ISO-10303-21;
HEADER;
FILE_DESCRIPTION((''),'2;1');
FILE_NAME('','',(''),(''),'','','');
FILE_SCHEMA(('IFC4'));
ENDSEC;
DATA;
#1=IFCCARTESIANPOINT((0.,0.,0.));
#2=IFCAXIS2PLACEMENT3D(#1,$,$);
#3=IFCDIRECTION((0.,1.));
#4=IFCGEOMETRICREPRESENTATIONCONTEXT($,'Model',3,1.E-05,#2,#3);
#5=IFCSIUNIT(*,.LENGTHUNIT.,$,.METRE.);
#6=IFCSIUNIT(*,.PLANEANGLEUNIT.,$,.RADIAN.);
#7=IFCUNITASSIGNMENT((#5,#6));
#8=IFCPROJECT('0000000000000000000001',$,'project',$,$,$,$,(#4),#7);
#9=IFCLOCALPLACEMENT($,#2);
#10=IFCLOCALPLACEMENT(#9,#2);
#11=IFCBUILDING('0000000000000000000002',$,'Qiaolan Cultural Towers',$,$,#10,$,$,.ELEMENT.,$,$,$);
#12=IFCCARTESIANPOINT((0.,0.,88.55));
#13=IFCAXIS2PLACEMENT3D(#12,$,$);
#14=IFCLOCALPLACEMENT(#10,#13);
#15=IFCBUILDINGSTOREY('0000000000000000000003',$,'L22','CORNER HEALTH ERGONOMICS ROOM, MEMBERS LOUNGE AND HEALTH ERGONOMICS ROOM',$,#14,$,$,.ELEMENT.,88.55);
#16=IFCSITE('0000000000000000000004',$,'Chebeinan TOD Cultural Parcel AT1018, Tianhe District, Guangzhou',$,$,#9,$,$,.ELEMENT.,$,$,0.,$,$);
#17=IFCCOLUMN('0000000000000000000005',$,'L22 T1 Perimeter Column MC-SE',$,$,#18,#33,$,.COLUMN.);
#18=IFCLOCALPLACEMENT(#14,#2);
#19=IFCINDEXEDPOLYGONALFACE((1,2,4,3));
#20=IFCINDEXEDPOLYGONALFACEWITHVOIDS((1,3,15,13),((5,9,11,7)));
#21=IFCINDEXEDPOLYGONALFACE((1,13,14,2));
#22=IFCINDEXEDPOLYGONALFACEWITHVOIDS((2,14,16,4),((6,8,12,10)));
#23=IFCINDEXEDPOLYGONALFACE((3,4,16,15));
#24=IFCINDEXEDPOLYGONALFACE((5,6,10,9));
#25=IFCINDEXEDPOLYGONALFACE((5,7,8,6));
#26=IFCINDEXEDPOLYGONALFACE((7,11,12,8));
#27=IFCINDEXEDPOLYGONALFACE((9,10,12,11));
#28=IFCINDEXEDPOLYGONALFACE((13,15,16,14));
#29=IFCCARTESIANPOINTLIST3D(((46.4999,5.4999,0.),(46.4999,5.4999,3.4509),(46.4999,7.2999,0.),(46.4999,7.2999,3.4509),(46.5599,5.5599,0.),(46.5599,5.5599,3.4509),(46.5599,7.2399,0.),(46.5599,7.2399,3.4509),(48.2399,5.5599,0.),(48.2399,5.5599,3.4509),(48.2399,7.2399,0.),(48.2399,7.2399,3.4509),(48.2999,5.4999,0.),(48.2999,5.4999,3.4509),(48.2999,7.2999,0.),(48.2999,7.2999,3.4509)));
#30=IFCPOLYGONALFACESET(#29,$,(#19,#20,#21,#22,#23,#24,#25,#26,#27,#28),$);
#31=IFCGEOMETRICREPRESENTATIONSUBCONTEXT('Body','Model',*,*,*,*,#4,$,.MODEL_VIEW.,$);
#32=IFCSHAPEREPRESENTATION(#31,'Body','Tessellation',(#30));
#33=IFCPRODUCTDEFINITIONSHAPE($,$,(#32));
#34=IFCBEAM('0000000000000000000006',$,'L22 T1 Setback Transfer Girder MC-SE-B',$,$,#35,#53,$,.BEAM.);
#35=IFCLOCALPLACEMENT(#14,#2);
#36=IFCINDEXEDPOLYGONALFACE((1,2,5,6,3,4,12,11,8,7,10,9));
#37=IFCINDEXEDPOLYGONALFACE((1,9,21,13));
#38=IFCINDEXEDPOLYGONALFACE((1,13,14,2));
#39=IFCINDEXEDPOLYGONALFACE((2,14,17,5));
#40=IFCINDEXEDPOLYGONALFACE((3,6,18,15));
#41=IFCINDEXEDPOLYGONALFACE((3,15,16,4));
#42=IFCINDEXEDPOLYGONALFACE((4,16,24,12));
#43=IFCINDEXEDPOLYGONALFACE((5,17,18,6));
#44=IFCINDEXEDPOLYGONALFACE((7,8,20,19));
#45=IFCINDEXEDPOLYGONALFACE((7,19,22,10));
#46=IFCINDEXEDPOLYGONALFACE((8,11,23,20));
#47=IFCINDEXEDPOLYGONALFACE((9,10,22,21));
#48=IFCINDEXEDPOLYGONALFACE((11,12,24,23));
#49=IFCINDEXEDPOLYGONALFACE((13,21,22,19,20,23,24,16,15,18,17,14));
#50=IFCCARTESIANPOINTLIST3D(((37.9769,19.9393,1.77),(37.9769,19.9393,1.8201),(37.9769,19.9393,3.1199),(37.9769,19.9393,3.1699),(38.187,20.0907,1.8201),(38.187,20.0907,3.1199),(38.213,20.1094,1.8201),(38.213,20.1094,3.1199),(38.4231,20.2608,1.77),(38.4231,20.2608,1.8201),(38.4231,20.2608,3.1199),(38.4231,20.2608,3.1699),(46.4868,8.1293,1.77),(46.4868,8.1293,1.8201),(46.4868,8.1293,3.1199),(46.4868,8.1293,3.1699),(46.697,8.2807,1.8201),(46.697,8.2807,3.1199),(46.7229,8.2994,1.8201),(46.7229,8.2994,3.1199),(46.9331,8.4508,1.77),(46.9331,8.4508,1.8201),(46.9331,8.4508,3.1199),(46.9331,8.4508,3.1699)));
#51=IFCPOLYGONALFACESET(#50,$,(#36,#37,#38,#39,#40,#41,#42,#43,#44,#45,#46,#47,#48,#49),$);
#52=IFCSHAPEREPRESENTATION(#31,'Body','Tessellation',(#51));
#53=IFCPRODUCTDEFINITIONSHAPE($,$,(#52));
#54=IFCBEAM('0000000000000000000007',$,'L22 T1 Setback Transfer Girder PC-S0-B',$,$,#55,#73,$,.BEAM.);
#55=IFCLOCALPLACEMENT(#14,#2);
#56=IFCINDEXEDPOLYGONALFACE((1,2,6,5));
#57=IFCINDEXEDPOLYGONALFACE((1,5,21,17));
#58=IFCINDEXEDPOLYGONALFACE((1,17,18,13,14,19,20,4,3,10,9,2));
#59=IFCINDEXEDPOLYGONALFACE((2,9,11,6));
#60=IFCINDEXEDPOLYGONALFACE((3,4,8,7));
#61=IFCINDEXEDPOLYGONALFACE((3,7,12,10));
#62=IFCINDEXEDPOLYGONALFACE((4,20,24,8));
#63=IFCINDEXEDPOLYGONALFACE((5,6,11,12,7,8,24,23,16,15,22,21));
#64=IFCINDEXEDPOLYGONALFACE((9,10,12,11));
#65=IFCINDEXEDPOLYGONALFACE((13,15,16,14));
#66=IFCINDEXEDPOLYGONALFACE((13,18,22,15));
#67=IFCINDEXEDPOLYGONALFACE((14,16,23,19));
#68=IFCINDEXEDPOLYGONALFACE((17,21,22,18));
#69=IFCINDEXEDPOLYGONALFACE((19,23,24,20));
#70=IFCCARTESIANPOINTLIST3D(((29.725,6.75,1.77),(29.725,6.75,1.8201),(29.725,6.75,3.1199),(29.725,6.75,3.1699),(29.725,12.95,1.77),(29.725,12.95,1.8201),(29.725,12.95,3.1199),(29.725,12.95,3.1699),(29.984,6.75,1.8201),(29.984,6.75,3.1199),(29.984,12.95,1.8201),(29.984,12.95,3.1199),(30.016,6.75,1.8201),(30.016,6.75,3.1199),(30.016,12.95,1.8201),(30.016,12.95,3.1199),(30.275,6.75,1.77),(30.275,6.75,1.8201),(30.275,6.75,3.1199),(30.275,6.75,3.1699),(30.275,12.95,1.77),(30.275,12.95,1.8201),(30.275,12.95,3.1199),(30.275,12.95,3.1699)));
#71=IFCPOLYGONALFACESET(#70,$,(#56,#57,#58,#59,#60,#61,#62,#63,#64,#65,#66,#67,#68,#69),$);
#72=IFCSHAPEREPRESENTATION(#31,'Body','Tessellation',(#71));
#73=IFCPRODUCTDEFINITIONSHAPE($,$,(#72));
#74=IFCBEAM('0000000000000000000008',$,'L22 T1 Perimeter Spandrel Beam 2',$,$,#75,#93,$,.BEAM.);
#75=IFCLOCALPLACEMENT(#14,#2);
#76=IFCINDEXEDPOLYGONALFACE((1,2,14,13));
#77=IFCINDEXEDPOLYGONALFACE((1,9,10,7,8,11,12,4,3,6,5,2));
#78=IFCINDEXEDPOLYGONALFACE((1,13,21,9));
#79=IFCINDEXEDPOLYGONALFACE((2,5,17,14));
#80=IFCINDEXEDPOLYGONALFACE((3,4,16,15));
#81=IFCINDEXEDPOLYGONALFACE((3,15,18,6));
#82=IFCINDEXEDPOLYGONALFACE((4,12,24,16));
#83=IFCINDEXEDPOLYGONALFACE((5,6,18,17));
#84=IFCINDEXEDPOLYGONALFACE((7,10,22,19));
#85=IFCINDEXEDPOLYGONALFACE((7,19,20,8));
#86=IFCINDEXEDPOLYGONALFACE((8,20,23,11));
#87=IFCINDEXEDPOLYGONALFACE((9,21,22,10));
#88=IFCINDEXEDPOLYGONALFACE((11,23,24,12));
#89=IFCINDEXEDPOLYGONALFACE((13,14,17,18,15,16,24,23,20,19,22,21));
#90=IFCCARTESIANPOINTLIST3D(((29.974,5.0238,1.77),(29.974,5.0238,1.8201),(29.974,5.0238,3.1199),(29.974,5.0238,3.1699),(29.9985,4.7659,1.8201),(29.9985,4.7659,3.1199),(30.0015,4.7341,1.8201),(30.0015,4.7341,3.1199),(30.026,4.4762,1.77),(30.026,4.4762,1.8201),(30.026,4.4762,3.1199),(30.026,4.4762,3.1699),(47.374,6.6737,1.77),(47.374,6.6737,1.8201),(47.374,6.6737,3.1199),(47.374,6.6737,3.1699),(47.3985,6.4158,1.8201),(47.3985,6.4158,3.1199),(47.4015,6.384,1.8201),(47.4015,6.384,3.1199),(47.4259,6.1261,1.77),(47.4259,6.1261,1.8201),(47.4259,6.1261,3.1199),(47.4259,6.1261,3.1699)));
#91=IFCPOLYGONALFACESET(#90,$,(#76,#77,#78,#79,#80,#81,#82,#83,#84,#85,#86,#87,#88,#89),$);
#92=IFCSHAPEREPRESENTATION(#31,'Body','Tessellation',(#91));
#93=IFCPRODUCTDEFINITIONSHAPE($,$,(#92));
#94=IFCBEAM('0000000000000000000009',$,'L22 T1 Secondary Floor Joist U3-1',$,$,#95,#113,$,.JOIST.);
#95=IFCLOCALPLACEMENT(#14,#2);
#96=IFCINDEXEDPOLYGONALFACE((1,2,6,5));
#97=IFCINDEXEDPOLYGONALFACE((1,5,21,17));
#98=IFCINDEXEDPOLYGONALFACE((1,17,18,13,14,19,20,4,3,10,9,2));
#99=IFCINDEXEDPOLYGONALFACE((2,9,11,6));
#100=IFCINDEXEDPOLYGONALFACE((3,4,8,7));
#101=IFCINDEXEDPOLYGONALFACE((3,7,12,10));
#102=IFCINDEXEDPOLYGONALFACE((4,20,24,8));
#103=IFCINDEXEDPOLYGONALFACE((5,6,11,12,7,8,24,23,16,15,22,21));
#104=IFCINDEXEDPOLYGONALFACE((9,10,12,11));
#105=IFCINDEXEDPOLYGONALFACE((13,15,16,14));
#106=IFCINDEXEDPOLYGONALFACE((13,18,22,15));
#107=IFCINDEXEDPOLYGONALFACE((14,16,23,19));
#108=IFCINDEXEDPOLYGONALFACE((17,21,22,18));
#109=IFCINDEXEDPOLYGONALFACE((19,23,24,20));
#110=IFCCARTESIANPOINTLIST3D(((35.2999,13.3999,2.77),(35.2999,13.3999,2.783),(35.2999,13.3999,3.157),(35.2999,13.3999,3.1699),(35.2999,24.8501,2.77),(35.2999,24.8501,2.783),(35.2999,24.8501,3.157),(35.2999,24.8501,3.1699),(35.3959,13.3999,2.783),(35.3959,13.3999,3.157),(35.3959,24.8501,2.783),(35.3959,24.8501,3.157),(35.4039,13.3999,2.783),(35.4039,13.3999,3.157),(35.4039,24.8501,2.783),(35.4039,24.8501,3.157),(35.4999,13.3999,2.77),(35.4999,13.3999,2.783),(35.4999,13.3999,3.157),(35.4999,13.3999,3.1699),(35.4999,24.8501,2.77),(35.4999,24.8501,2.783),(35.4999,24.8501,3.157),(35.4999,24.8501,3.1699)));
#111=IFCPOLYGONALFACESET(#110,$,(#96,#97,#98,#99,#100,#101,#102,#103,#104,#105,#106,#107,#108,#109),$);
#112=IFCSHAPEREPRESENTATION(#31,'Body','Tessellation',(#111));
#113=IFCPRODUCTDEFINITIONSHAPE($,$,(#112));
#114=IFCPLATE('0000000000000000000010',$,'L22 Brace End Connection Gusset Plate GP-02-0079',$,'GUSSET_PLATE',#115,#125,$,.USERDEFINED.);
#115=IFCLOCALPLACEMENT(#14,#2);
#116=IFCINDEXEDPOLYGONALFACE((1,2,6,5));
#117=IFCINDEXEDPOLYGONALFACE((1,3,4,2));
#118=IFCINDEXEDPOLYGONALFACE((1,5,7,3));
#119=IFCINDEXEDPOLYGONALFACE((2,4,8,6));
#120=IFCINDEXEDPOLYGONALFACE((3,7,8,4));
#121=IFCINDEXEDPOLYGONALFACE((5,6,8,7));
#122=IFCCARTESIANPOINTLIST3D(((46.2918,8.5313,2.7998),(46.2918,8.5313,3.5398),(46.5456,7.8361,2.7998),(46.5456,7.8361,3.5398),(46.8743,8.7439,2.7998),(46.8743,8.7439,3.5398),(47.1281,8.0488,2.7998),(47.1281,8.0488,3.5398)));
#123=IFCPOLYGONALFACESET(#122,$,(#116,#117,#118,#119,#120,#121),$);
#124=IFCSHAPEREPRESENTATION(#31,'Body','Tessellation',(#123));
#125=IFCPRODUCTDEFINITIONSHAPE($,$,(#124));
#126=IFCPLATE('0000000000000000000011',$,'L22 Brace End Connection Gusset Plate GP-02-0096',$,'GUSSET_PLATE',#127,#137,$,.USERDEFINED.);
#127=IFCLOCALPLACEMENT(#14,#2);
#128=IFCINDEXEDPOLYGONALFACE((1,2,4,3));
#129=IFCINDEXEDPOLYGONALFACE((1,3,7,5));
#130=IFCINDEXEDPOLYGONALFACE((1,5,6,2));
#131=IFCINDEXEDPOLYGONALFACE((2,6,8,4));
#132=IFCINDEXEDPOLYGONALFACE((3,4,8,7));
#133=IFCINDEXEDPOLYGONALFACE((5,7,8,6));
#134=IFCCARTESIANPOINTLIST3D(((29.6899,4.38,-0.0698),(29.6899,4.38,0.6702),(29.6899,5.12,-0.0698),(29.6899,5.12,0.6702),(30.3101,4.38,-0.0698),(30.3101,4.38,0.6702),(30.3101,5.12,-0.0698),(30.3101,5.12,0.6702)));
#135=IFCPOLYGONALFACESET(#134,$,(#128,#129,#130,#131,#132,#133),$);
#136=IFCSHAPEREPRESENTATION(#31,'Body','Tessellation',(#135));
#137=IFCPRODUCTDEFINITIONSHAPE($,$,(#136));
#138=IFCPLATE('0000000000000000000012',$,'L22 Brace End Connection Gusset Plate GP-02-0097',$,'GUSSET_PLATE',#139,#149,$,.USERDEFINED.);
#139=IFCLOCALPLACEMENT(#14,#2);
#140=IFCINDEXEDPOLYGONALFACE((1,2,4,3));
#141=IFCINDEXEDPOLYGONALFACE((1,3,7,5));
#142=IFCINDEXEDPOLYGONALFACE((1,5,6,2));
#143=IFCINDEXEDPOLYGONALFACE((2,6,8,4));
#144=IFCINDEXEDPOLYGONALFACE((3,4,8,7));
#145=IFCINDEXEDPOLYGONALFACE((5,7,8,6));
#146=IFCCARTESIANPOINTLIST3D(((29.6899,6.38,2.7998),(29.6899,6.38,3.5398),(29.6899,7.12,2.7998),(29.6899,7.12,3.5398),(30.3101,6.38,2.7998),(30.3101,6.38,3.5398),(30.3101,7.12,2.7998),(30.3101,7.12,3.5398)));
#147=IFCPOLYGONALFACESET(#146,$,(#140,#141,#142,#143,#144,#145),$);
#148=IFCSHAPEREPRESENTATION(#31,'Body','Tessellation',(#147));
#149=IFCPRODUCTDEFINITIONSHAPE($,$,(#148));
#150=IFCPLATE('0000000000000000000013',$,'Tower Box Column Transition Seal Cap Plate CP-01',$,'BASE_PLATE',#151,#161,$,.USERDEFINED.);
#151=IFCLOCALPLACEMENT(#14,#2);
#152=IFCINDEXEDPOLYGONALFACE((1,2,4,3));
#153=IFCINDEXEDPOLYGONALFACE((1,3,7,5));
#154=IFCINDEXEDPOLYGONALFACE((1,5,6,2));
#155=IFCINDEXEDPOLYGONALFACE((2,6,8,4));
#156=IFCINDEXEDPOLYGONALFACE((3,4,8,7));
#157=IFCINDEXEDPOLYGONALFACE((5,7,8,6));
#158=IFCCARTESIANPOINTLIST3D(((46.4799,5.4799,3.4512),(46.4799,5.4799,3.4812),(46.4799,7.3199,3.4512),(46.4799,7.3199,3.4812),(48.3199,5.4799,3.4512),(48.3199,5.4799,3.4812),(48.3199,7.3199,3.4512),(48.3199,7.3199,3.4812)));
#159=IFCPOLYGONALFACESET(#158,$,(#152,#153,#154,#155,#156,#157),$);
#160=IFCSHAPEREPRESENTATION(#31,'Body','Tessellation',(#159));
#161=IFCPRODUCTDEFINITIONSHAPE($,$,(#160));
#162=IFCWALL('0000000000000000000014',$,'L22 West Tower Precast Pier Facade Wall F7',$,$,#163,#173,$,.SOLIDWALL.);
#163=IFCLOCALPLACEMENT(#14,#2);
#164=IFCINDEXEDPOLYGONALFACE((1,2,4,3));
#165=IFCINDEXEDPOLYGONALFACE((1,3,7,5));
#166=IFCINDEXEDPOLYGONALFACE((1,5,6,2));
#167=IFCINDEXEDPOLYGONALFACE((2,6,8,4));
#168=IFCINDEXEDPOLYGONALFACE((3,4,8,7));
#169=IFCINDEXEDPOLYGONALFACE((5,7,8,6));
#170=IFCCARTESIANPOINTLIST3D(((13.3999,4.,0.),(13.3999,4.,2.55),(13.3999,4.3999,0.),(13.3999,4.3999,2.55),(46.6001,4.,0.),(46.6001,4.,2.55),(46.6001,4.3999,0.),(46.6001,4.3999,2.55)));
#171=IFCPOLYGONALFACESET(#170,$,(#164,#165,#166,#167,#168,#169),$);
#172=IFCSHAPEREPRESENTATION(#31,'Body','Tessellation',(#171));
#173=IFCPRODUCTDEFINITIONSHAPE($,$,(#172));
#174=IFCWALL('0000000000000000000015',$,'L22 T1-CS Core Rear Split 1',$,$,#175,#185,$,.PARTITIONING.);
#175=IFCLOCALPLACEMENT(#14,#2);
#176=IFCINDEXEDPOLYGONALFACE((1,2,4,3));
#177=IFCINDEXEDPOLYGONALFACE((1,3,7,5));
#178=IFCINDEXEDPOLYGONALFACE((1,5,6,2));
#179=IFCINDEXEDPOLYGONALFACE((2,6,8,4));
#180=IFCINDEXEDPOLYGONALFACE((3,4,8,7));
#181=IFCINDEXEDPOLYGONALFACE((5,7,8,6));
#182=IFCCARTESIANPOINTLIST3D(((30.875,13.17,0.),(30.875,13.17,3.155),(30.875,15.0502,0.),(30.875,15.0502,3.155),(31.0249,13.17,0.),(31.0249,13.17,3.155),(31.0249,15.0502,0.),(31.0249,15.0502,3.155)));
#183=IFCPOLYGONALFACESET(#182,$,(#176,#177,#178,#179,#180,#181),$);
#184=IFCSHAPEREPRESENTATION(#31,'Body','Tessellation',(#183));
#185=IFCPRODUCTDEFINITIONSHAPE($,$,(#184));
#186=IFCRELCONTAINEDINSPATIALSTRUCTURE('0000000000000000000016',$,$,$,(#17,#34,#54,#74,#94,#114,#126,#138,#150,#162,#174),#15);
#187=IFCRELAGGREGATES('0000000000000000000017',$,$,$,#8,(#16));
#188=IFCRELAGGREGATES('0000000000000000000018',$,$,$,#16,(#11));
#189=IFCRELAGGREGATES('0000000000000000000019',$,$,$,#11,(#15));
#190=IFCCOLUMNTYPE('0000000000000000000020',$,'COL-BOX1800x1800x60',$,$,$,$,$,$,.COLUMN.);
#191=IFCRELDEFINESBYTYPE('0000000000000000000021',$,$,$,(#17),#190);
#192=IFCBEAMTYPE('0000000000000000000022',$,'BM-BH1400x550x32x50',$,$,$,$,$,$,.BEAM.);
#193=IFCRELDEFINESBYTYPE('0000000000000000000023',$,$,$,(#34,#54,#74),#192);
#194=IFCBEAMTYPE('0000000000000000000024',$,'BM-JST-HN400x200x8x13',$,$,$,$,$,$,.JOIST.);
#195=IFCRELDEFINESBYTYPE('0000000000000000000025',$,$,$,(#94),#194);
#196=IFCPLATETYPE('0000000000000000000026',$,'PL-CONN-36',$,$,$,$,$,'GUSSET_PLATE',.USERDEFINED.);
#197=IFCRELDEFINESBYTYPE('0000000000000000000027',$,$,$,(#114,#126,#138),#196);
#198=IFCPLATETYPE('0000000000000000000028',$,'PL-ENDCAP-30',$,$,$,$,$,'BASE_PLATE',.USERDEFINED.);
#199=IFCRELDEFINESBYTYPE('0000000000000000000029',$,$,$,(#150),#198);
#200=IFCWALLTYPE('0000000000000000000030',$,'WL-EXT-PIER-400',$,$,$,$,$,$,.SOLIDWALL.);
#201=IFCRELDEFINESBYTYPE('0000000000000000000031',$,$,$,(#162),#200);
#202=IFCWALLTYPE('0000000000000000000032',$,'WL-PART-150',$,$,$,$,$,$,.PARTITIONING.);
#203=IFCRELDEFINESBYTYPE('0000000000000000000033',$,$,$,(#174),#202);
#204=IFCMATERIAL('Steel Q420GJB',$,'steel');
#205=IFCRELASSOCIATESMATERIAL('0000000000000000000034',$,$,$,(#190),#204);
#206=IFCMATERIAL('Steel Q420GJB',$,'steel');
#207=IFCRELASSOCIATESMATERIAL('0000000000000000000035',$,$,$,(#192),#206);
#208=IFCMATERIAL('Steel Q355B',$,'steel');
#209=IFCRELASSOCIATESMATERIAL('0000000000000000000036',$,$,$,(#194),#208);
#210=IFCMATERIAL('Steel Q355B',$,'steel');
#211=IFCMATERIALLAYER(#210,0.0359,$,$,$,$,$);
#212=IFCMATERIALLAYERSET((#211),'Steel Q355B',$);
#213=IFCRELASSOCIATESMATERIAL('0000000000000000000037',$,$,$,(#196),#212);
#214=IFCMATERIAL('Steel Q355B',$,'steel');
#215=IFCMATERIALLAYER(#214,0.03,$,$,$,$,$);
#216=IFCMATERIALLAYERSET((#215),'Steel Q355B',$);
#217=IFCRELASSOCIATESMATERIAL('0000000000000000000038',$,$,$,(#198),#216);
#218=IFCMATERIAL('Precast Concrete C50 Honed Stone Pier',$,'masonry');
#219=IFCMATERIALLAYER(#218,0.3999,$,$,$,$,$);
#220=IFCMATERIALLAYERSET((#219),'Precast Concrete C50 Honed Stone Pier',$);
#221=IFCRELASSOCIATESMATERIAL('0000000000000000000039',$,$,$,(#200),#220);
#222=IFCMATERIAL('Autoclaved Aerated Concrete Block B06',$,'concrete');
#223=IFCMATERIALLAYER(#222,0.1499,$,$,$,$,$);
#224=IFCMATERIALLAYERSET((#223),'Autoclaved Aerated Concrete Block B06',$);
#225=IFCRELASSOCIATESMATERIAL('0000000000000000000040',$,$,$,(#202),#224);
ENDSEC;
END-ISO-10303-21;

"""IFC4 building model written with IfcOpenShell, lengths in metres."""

from ifc_helpers import new_model, si_unit, direction, frame, frame_2d, origin, origin_2d, place, context, subcontext, project, spatial, rectangle, hollow_rectangle, i_section, extrude, material, layer, layer_set, material_profile, profile_set, type_object, element, save


model = new_model("IFC4")

# Units and contexts
model_context = context("Model", 3, precision=1e-05, world=origin(), true_north=direction((0.0, 1.0)))
body_context = subcontext(model_context, "Body", "Model", "MODEL_VIEW")
ifc_project = project(units=[si_unit("LENGTHUNIT", "METRE"), si_unit("PLANEANGLEUNIT", "RADIAN")], contexts=[model_context])

# Site, building, storey
site_placement = place(None, origin())
site = spatial("IfcSite", under=ifc_project, at=site_placement, Name="Chebeinan TOD Cultural Parcel AT1018, Tianhe District, Guangzhou", CompositionType="ELEMENT", RefElevation=0.0)
building_placement = place(site_placement, origin())
building = spatial("IfcBuilding", under=site, at=building_placement, Name="Qiaolan Cultural Towers", CompositionType="ELEMENT")
storey_placement = place(building_placement, frame((0.0, 0.0, 88.55)))
storey = spatial("IfcBuildingStorey", under=building, at=storey_placement, Name="L22", Description="CORNER HEALTH ERGONOMICS ROOM, MEMBERS LOUNGE AND HEALTH ERGONOMICS ROOM", CompositionType="ELEMENT", Elevation=88.55)

# Column
ifc_material_1 = material(Name="Steel Q420GJB", Category="steel")
ifc_material_profile_1 = material_profile(ifc_material_1, hollow_rectangle(XDim=1.8, YDim=1.8, WallThickness=0.0601, at=origin_2d()), Name="BOX1800x1800x60")
ifc_profile_set_1 = profile_set([ifc_material_profile_1], Name="Steel Q420GJB")
column_type = type_object("IfcColumnType", Name="COL-BOX1800x1800x60", PredefinedType="COLUMN", material=ifc_profile_set_1)
column_placement = place(storey_placement, frame((47.3999, 6.3999, 0.0), z_axis=(0.0, 0.0, 1.0), x_axis=(1.0, 0.0, 0.0)))
element("IfcColumn", 1, at=column_placement, inside=storey, type_object=column_type, Name="L22 T1 Perimeter Column MC-SE", PredefinedType="COLUMN", context=body_context, shape_type="SweptSolid", body=[
    extrude(hollow_rectangle(XDim=1.8, YDim=1.8, WallThickness=0.0601, at=origin_2d()), origin(), (0.0, 0.0, 1.0), 3.4509),
])

# Beams
ifc_material_2 = material(Name="Steel Q420GJB", Category="steel")
ifc_material_profile_2 = material_profile(ifc_material_2, i_section(OverallWidth=0.55, OverallDepth=1.3999, WebThickness=0.032, FlangeThickness=0.05, at=origin_2d()), Name="BH1400x550x32x50")
ifc_profile_set_2 = profile_set([ifc_material_profile_2], Name="Steel Q420GJB")
beam_type_1 = type_object("IfcBeamType", Name="BM-BH1400x550x32x50", PredefinedType="BEAM", material=ifc_profile_set_2)
beam_1_placement = place(storey_placement, frame((46.71, 8.29, 2.47), z_axis=(-0.584611, 0.811314, 0.0), x_axis=(-0.811314, -0.584611, 0.0)))
element("IfcBeam", 2, at=beam_1_placement, inside=storey, type_object=beam_type_1, Name="L22 T1 Setback Transfer Girder MC-SE-B", PredefinedType="BEAM", context=body_context, shape_type="SweptSolid", body=[
    extrude(i_section(OverallWidth=0.55, OverallDepth=1.3999, WebThickness=0.032, FlangeThickness=0.05, at=origin_2d()), origin(), (0.0, 0.0, 1.0), 14.5566),
])
beam_2_placement = place(storey_placement, frame((30.0, 6.75, 2.47), z_axis=(0.0, 1.0, 0.0), x_axis=(-1.0, 0.0, 0.0)))
element("IfcBeam", 3, at=beam_2_placement, inside=storey, type_object=beam_type_1, Name="L22 T1 Setback Transfer Girder PC-S0-B", PredefinedType="BEAM", context=body_context, shape_type="SweptSolid", body=[
    extrude(i_section(OverallWidth=0.55, OverallDepth=1.3999, WebThickness=0.032, FlangeThickness=0.05, at=origin_2d()), origin(), (0.0, 0.0, 1.0), 6.2),
])
beam_3_placement = place(storey_placement, frame((30.0, 4.75, 2.47), z_axis=(0.995534, 0.094399, 0.0), x_axis=(-0.094399, 0.995534, 0.0)))
element("IfcBeam", 4, at=beam_3_placement, inside=storey, type_object=beam_type_1, Name="L22 T1 Perimeter Spandrel Beam 2", PredefinedType="BEAM", context=body_context, shape_type="SweptSolid", body=[
    extrude(i_section(OverallWidth=0.55, OverallDepth=1.3999, WebThickness=0.032, FlangeThickness=0.05, at=origin_2d()), origin(), (0.0, 0.0, 1.0), 17.478),
])
ifc_material_3 = material(Name="Steel Q355B", Category="steel")
ifc_material_profile_3 = material_profile(ifc_material_3, i_section(OverallWidth=0.2, OverallDepth=0.3999, WebThickness=0.0081, FlangeThickness=0.0129, at=origin_2d()), Name="HN400x200x8x13")
ifc_profile_set_3 = profile_set([ifc_material_profile_3], Name="Steel Q355B")
beam_type_2 = type_object("IfcBeamType", Name="BM-JST-HN400x200x8x13", PredefinedType="JOIST", material=ifc_profile_set_3)
beam_4_placement = place(storey_placement, frame((35.3999, 13.3999, 2.97), z_axis=(0.0, 1.0, 0.0), x_axis=(-1.0, 0.0, 0.0)))
element("IfcBeam", 5, at=beam_4_placement, inside=storey, type_object=beam_type_2, Name="L22 T1 Secondary Floor Joist U3-1", PredefinedType="JOIST", context=body_context, shape_type="SweptSolid", body=[
    extrude(i_section(OverallWidth=0.2, OverallDepth=0.3999, WebThickness=0.0081, FlangeThickness=0.0129, at=origin_2d()), origin(), (0.0, 0.0, 1.0), 11.4502),
])

# Plates
ifc_material_4 = material(Name="Steel Q355B", Category="steel")
ifc_layer_1 = layer(ifc_material_4, 0.0359)
ifc_layer_set_1 = layer_set([ifc_layer_1], Name="Steel Q355B")
plate_type_1 = type_object("IfcPlateType", Name="PL-CONN-36", ElementType="GUSSET_PLATE", PredefinedType="USERDEFINED", material=ifc_layer_set_1)
for number, where, z_axis, x_axis, name in (
    (6, (46.71, 8.29, 2.7998), (0.0, 0.0, 1.0), (-0.34294, 0.939357, 0.0), "L22 Brace End Connection Gusset Plate GP-02-0079"),
    (7, (30.0, 4.75, -0.0698), (0.0, 0.0, 1.0), (0.0, 1.0, 0.0), "L22 Brace End Connection Gusset Plate GP-02-0096"),
    (8, (30.0, 6.75, 2.7998), (0.0, 0.0, 1.0), (0.0, 1.0, 0.0), "L22 Brace End Connection Gusset Plate GP-02-0097"),
):
    element("IfcPlate", number, at=place(storey_placement, frame(where, z_axis=z_axis, x_axis=x_axis)), inside=storey, type_object=plate_type_1, Name=name, ObjectType="GUSSET_PLATE", PredefinedType="USERDEFINED", context=body_context, shape_type="SweptSolid", body=[
        extrude(rectangle(XDim=0.74, YDim=0.6201, at=origin_2d()), origin(), (0.0, 0.0, 1.0), 0.74),
    ])
ifc_material_5 = material(Name="Steel Q355B", Category="steel")
ifc_layer_2 = layer(ifc_material_5, 0.03)
ifc_layer_set_2 = layer_set([ifc_layer_2], Name="Steel Q355B")
plate_type_2 = type_object("IfcPlateType", Name="PL-ENDCAP-30", ElementType="BASE_PLATE", PredefinedType="USERDEFINED", material=ifc_layer_set_2)
plate_placement = place(storey_placement, frame((47.3999, 6.3999, 3.4512), z_axis=(0.0, 0.0, 1.0), x_axis=(1.0, 0.0, 0.0)))
element("IfcPlate", 9, at=plate_placement, inside=storey, type_object=plate_type_2, Name="Tower Box Column Transition Seal Cap Plate CP-01", ObjectType="BASE_PLATE", PredefinedType="USERDEFINED", context=body_context, shape_type="SweptSolid", body=[
    extrude(rectangle(XDim=1.8401, YDim=1.8401, at=origin_2d()), origin(), (0.0, 0.0, 1.0), 0.03),
])

# Walls
ifc_material_6 = material(Name="Precast Concrete C50 Honed Stone Pier", Category="masonry")
ifc_layer_3 = layer(ifc_material_6, 0.3999)
ifc_layer_set_3 = layer_set([ifc_layer_3], Name="Precast Concrete C50 Honed Stone Pier")
wall_type_1 = type_object("IfcWallType", Name="WL-EXT-PIER-400", PredefinedType="SOLIDWALL", material=ifc_layer_set_3)
wall_1_placement = place(storey_placement, frame((46.6001, 4.2, 0.0), z_axis=(0.0, 0.0, 1.0), x_axis=(-1.0, 0.0, 0.0)))
element("IfcWall", 10, at=wall_1_placement, inside=storey, type_object=wall_type_1, Name="L22 West Tower Precast Pier Facade Wall F7", PredefinedType="SOLIDWALL", context=body_context, shape_type="SweptSolid", body=[
    extrude(rectangle(XDim=33.2002, YDim=0.3999, at=frame_2d((16.6001, 0.0))), origin(), (0.0, 0.0, 1.0), 2.55),
])
ifc_material_7 = material(Name="Autoclaved Aerated Concrete Block B06", Category="concrete")
ifc_layer_4 = layer(ifc_material_7, 0.1499)
ifc_layer_set_4 = layer_set([ifc_layer_4], Name="Autoclaved Aerated Concrete Block B06")
wall_type_2 = type_object("IfcWallType", Name="WL-PART-150", PredefinedType="PARTITIONING", material=ifc_layer_set_4)
for number, where, z_axis, x_axis, name in (
    (11, (30.95, 15.05, 0.0), (0.0, 0.0, 1.0), (0.0, -1.0, 0.0), "L22 T1-CS Core Rear Split 1"),
):
    element("IfcWall", number, at=place(storey_placement, frame(where, z_axis=z_axis, x_axis=x_axis)), inside=storey, type_object=wall_type_2, Name=name, PredefinedType="PARTITIONING", context=body_context, shape_type="SweptSolid", body=[
        extrude(rectangle(XDim=1.8801, YDim=0.1499, at=frame_2d((0.9399, 0.0))), origin(), (0.0, 0.0, 1.0), 3.155),
    ])

save(model, "model.ifc")
